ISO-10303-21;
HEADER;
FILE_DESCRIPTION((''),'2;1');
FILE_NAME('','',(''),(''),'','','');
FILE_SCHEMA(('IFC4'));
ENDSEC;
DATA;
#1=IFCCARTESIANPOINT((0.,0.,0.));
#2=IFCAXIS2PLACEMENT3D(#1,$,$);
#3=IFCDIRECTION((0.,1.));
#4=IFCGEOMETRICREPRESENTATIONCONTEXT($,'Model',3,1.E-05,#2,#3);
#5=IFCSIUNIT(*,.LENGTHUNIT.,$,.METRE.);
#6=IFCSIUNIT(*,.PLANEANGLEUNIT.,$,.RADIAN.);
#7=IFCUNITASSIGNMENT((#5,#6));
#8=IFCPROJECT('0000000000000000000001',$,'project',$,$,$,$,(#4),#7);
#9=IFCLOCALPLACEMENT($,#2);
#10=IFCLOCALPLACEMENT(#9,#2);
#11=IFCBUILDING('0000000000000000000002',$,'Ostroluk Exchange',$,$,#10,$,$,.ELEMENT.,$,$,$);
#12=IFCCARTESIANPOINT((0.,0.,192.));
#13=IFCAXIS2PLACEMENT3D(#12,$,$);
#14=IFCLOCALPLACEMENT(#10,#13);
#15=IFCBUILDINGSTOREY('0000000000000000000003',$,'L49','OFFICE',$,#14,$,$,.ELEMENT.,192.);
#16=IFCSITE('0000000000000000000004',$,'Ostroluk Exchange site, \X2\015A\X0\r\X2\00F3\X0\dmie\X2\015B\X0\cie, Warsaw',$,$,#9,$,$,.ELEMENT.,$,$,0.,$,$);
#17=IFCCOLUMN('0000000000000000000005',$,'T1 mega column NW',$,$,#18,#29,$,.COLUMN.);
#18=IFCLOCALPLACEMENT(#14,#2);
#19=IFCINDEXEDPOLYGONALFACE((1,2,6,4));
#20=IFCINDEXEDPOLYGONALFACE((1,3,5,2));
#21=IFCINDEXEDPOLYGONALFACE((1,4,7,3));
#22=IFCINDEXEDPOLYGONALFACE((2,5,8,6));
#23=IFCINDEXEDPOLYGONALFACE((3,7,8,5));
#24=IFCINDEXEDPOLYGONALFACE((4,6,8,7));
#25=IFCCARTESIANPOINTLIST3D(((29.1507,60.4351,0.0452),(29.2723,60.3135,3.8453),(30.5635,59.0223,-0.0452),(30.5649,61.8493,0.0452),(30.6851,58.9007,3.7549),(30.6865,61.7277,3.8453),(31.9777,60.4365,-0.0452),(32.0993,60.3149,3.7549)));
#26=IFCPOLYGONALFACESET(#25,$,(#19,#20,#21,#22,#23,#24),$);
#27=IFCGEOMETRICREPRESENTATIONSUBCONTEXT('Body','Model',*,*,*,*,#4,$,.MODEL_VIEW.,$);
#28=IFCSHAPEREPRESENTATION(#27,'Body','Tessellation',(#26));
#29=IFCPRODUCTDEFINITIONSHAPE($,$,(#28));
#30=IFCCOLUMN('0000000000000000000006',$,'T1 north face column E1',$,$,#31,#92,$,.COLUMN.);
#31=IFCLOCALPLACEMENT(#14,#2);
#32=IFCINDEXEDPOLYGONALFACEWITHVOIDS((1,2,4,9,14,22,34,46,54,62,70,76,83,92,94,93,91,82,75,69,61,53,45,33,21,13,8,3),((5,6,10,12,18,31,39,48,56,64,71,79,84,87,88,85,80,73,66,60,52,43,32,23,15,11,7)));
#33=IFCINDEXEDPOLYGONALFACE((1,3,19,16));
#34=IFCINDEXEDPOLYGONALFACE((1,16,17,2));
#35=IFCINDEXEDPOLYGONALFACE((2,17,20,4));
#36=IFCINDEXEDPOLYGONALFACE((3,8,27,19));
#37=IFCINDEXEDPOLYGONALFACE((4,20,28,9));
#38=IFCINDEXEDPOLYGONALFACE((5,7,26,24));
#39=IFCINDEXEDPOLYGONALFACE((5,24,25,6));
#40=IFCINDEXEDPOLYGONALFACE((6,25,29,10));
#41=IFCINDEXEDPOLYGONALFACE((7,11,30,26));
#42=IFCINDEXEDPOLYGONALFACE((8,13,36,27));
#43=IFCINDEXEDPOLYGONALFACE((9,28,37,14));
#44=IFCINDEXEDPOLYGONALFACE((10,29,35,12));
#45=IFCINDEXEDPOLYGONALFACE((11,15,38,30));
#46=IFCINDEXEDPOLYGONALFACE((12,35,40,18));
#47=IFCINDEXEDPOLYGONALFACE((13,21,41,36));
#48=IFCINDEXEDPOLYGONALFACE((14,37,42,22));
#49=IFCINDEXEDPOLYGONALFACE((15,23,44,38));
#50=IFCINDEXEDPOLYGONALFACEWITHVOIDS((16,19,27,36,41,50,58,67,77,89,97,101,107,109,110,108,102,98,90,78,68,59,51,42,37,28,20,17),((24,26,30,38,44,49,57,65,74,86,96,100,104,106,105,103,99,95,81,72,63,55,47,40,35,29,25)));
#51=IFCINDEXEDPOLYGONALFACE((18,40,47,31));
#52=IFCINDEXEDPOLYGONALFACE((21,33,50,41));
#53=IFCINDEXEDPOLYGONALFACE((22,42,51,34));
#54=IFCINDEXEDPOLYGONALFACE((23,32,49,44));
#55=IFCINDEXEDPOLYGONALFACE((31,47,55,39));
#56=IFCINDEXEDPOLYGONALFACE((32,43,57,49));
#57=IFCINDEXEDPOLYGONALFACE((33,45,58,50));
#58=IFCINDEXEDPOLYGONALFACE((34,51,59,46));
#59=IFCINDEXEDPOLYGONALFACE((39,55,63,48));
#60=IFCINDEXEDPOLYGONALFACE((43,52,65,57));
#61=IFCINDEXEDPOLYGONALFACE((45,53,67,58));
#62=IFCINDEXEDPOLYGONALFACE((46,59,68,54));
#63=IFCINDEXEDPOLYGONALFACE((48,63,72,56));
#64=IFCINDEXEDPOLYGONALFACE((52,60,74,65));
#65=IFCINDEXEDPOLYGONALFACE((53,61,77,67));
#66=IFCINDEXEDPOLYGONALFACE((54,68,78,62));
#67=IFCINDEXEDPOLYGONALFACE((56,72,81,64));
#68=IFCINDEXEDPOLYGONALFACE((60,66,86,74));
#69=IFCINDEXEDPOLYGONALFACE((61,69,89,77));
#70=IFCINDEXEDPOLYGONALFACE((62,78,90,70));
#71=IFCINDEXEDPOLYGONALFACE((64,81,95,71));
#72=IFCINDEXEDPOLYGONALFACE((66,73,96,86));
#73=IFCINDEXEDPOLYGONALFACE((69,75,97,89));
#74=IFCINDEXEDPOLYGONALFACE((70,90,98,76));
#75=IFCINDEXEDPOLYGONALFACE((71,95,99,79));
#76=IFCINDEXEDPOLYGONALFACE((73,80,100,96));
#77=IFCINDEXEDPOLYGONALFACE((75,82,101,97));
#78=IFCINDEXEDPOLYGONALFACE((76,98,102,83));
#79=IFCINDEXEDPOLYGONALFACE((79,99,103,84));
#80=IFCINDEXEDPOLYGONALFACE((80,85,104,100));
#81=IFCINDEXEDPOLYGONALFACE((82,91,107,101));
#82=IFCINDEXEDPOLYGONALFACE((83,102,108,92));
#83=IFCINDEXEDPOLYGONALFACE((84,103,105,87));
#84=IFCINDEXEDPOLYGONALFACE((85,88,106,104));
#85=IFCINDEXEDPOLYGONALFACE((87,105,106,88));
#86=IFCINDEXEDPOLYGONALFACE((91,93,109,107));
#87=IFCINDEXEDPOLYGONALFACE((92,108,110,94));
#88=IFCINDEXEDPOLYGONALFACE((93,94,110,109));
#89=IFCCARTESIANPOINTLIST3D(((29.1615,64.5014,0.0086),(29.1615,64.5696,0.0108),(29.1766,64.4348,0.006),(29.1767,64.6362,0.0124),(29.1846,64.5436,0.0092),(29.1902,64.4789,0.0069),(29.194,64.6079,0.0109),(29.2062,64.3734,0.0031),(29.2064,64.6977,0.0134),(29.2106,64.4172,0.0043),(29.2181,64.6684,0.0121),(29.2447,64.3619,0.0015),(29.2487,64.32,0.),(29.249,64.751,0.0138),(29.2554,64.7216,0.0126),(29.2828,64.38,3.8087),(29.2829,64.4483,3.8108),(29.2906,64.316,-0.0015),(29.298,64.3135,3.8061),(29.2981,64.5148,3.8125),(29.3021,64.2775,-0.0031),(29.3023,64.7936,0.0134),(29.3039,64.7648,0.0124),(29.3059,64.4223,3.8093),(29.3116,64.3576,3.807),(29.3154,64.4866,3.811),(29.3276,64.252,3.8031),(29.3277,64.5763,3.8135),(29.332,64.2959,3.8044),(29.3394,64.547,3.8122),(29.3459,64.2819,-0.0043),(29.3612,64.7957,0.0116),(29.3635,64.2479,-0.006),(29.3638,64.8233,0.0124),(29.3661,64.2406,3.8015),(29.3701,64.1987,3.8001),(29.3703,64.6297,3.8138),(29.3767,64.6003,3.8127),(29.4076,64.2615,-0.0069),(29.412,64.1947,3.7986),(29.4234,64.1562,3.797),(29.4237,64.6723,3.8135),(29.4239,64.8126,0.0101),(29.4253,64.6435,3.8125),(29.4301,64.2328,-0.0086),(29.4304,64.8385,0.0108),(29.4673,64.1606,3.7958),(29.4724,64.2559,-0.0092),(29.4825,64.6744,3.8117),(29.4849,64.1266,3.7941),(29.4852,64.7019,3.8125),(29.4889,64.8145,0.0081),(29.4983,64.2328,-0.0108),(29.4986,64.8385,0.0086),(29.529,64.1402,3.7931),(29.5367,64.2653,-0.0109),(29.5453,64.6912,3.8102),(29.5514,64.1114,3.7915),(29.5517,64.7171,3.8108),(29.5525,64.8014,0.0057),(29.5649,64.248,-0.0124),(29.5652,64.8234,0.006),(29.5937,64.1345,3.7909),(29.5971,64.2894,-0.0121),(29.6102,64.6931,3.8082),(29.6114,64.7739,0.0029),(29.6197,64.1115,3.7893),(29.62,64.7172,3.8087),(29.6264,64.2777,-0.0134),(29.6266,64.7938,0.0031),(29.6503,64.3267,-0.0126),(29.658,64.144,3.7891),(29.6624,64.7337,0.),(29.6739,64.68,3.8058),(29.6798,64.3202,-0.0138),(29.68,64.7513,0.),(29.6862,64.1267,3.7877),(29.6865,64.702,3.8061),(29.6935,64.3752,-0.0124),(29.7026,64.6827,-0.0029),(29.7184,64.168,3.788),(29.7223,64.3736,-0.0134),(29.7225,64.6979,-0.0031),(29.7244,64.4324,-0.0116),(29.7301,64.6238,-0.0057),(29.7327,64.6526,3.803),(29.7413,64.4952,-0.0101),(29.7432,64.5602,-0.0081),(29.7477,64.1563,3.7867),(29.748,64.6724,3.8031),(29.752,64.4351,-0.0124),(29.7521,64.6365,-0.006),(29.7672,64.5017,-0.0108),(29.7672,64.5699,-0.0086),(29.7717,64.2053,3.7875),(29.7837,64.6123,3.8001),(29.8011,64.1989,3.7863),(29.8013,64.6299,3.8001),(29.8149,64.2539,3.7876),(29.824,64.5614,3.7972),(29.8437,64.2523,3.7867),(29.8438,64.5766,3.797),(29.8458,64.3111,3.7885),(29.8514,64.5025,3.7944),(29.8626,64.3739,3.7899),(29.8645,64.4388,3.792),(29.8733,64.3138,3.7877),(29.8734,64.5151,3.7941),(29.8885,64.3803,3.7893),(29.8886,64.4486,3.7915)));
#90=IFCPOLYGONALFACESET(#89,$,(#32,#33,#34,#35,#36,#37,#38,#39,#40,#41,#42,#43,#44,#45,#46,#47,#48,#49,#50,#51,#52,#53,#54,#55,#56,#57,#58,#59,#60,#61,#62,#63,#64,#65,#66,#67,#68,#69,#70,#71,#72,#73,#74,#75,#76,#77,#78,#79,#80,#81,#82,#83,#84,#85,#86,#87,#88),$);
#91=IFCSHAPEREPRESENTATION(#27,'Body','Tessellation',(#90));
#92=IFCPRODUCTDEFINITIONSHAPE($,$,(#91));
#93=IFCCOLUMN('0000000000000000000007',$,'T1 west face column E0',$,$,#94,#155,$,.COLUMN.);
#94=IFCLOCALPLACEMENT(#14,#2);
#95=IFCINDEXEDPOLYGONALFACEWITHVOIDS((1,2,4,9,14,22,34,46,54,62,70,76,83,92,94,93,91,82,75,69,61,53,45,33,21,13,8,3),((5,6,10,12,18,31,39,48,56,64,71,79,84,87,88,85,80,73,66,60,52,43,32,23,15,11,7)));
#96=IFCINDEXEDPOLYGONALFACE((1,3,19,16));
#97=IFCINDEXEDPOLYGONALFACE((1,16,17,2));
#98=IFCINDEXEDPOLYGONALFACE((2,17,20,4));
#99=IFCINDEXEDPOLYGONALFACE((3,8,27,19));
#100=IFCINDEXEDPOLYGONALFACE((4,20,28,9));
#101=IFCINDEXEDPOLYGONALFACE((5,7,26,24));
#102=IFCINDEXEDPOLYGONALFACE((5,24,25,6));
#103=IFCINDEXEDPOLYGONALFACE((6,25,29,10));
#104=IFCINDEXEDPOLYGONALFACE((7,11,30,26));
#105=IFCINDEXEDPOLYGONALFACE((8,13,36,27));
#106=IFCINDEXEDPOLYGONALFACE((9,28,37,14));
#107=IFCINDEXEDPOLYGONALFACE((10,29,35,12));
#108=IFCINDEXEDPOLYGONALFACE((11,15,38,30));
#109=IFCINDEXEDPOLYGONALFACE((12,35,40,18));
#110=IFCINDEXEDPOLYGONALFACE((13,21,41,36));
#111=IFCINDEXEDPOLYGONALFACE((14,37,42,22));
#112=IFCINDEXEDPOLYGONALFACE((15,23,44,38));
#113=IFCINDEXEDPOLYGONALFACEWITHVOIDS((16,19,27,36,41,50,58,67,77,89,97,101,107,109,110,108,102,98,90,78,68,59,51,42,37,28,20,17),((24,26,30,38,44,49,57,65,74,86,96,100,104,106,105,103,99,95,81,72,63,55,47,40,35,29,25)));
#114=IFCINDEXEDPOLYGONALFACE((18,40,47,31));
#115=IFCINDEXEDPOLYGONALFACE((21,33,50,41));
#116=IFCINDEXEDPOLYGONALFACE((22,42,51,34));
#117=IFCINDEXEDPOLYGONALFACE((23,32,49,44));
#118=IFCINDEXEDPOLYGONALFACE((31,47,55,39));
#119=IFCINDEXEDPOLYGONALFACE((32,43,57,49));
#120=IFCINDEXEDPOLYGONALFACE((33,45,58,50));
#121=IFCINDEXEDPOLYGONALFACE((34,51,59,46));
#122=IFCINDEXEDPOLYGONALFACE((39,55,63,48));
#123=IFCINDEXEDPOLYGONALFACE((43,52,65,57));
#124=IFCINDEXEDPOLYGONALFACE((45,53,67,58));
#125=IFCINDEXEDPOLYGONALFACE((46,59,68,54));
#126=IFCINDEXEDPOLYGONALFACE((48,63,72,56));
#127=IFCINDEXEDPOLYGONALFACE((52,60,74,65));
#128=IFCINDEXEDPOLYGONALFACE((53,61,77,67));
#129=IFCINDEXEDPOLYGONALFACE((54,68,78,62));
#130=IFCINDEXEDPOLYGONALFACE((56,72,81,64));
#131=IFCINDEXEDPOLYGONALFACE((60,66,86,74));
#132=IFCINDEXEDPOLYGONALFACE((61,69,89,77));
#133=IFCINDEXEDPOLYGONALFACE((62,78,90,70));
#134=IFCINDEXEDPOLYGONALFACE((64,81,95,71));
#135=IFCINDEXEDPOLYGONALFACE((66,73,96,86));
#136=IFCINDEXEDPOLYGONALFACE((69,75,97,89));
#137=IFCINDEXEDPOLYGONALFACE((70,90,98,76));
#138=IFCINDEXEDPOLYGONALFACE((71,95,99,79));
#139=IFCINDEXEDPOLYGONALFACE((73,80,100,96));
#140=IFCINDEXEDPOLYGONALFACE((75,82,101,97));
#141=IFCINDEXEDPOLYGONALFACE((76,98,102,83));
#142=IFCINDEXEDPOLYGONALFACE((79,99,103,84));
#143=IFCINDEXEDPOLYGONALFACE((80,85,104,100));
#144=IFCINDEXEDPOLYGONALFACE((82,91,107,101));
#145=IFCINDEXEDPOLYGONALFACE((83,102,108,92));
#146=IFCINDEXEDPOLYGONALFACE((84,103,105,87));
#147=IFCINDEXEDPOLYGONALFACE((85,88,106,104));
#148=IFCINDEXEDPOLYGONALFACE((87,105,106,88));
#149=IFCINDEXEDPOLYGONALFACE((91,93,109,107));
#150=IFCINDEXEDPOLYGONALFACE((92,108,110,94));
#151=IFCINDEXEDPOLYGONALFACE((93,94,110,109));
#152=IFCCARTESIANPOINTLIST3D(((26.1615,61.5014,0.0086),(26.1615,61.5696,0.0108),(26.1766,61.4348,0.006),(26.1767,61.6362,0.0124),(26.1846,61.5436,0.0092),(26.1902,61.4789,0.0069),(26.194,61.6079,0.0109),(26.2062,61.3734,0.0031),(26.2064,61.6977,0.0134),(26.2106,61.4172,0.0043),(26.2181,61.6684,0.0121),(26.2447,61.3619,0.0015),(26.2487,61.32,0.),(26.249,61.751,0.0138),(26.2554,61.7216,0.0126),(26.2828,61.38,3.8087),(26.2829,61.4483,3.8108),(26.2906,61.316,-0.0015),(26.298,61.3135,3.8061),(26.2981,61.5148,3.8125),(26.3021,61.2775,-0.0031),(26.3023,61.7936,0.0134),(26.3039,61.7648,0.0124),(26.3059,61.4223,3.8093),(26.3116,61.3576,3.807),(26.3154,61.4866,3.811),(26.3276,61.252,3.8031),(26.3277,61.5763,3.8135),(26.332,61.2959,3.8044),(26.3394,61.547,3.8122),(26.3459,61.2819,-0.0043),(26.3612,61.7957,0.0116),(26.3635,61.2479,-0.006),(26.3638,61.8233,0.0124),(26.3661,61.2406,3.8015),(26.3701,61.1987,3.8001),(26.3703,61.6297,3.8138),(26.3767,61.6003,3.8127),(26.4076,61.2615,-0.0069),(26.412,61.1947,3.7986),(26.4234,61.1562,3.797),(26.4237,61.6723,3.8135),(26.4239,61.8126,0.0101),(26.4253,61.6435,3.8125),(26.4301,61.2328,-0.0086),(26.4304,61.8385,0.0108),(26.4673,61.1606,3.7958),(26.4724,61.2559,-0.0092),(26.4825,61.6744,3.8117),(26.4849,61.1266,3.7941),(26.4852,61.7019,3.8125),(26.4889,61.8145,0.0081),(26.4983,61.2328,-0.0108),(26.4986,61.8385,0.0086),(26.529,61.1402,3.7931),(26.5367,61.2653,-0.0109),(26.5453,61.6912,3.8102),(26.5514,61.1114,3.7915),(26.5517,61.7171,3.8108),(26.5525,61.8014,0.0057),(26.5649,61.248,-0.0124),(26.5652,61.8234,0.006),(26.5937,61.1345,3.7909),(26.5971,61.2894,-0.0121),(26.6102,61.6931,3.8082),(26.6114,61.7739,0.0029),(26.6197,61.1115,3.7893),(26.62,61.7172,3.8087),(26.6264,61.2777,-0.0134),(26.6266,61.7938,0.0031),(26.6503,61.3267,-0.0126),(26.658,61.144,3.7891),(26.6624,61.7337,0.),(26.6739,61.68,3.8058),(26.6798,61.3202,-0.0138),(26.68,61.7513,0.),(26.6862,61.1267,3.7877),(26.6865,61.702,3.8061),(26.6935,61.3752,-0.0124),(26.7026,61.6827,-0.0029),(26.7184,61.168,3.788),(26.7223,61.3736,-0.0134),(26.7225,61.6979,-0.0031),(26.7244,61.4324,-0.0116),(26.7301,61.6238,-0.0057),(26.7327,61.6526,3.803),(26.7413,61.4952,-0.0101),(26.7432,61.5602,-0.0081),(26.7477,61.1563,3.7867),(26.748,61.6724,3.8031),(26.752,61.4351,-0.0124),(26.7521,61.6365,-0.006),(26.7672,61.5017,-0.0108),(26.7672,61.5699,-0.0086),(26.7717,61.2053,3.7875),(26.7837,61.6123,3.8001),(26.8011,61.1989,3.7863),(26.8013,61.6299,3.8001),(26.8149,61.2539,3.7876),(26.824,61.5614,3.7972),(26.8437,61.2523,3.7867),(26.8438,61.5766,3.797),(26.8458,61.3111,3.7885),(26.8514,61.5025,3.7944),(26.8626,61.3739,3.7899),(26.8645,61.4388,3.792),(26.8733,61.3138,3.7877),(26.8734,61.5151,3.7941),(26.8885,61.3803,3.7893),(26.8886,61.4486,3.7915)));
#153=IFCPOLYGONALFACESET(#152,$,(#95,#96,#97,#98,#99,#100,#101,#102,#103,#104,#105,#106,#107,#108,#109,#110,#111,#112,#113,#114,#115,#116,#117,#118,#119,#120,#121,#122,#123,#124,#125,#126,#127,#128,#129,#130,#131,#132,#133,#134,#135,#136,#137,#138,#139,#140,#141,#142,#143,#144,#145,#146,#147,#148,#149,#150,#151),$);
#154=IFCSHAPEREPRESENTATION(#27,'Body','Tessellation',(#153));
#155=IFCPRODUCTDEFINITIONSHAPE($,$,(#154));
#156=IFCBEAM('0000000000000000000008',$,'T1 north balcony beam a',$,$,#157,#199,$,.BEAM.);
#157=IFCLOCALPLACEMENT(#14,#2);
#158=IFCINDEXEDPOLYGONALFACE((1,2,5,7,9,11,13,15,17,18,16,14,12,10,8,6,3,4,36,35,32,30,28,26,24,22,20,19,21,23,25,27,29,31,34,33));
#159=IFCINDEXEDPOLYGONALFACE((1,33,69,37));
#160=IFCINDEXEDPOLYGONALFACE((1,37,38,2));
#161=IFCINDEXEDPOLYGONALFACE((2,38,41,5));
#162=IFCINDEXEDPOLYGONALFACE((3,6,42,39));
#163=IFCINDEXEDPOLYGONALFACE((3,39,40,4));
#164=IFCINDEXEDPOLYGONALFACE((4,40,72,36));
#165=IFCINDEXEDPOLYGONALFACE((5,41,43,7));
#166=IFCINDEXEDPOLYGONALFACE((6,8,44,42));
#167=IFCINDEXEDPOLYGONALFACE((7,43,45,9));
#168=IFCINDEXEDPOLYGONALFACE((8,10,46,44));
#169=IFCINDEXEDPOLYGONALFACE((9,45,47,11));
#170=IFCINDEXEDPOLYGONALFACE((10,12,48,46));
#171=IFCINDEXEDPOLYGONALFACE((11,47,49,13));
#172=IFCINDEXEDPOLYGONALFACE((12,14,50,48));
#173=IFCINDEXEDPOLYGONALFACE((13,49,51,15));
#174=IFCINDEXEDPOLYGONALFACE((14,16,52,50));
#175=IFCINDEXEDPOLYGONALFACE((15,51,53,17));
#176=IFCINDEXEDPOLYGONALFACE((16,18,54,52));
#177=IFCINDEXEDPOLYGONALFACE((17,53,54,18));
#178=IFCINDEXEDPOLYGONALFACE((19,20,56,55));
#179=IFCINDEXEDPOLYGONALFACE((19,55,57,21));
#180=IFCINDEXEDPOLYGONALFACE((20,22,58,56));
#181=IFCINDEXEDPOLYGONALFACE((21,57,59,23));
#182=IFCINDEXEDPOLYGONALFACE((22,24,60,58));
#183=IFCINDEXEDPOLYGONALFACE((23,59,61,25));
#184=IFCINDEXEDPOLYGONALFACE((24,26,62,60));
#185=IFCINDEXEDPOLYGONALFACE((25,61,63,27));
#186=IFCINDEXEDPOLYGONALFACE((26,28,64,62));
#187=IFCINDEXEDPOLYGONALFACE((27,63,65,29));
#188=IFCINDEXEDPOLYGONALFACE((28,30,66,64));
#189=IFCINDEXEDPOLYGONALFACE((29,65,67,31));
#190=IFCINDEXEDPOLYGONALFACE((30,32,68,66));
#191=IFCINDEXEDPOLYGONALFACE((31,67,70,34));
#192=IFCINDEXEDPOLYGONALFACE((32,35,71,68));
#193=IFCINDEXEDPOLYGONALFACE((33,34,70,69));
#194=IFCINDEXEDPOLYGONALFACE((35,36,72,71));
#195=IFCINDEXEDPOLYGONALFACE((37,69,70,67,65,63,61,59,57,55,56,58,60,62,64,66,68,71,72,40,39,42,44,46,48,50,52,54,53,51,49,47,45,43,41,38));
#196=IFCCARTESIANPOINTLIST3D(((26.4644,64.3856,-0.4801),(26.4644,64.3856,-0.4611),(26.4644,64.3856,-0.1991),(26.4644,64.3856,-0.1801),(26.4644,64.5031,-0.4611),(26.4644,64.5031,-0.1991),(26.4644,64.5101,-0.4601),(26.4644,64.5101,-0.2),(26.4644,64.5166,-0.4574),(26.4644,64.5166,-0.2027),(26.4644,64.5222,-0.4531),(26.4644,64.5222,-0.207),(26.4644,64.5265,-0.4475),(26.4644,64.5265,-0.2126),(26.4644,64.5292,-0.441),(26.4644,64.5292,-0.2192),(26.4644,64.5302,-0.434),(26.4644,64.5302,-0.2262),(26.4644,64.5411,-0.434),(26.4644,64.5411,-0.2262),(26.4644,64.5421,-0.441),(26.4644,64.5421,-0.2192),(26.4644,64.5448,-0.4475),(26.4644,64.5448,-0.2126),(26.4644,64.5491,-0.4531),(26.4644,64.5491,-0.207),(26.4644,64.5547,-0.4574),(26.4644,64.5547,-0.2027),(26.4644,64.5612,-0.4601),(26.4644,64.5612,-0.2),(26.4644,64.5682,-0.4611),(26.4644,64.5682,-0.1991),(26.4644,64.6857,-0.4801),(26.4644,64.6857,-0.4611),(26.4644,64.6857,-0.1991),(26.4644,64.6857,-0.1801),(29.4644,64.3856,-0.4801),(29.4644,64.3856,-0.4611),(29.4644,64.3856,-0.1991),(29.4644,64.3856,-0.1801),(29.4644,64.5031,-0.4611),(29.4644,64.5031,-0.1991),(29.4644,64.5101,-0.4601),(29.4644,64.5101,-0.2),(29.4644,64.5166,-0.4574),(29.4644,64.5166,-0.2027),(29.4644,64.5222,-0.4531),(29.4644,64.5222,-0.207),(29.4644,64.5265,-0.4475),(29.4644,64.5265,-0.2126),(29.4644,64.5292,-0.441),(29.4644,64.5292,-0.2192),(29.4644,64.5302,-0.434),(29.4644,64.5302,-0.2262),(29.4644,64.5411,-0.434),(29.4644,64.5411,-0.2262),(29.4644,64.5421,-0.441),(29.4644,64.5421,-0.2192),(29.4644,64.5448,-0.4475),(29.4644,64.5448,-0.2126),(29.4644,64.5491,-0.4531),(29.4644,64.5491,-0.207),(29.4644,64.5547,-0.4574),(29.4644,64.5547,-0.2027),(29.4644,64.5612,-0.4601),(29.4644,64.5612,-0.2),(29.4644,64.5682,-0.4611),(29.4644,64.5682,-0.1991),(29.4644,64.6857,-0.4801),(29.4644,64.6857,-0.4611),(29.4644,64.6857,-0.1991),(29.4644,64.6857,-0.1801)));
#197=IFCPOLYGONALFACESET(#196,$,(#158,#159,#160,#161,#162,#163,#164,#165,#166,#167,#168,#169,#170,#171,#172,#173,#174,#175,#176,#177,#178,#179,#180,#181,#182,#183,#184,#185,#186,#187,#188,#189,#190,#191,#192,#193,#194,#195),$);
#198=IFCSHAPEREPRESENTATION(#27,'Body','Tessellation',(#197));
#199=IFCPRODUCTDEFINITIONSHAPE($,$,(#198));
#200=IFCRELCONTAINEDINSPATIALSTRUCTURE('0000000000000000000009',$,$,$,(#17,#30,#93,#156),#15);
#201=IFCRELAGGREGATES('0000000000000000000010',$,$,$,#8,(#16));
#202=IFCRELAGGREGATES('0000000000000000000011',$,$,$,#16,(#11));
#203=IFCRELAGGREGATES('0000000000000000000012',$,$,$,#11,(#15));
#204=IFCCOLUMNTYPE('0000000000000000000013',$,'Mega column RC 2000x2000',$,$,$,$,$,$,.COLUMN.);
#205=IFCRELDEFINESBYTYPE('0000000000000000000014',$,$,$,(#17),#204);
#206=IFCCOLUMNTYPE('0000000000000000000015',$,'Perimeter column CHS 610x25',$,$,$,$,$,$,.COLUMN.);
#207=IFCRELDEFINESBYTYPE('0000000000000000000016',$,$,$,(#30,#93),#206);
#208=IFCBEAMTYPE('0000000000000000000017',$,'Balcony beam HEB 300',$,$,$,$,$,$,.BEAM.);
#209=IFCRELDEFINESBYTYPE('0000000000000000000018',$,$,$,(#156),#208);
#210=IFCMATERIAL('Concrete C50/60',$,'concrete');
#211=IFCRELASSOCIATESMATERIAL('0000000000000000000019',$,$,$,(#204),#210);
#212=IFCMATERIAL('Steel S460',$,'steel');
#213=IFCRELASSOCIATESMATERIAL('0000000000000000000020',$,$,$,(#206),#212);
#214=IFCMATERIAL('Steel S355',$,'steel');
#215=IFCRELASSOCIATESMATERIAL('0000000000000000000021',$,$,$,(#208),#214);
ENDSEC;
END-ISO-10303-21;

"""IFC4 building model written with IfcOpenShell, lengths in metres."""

from ifc_helpers import new_model, si_unit, direction, frame, origin, origin_2d, place, context, subcontext, project, spatial, rectangle, hollow_circle, i_section, extrude, material, material_profile, profile_set, type_object, element, save


model = new_model("IFC4")

# Units and contexts
model_context = context("Model", 3, precision=1e-05, world=origin(), true_north=direction((0.0, 1.0)))
body_context = subcontext(model_context, "Body", "Model", "MODEL_VIEW")
ifc_project = project(units=[si_unit("LENGTHUNIT", "METRE"), si_unit("PLANEANGLEUNIT", "RADIAN")], contexts=[model_context])

# Site, building, storey
site_placement = place(None, origin())
site = spatial("IfcSite", under=ifc_project, at=site_placement, Name="Ostroluk Exchange site, Śródmieście, Warsaw", CompositionType="ELEMENT", RefElevation=0.0)
building_placement = place(site_placement, origin())
building = spatial("IfcBuilding", under=site, at=building_placement, Name="Ostroluk Exchange", CompositionType="ELEMENT")
storey_placement = place(building_placement, frame((0.0, 0.0, 192.0)))
storey = spatial("IfcBuildingStorey", under=building, at=storey_placement, Name="L49", Description="OFFICE", CompositionType="ELEMENT", Elevation=192.0)

# Columns
ifc_material_1 = material(Name="Concrete C50/60", Category="concrete")
ifc_material_profile_1 = material_profile(ifc_material_1, rectangle(XDim=2.0, YDim=2.0, at=origin_2d()), Name="RC 2000x2000")
ifc_profile_set_1 = profile_set([ifc_material_profile_1], Name="Concrete C50/60")
column_type_1 = type_object("IfcColumnType", Name="Mega column RC 2000x2000", PredefinedType="COLUMN", material=ifc_profile_set_1)
column_placement = place(storey_placement, frame((30.5642, 60.4358, 0.0), z_axis=(0.031962, -0.031962, 0.998978), x_axis=(0.707107, 0.707107, 0.0)))
element("IfcColumn", 1, at=column_placement, inside=storey, type_object=column_type_1, Name="T1 mega column NW", PredefinedType="COLUMN", context=body_context, shape_type="SweptSolid", body=[
    extrude(rectangle(XDim=2.0, YDim=2.0, at=origin_2d()), origin(), (0.0, 0.0, 1.0), 3.804),
])
ifc_material_2 = material(Name="Steel S460", Category="steel")
ifc_material_profile_2 = material_profile(ifc_material_2, hollow_circle(Radius=0.3049, WallThickness=0.0249, at=origin_2d()), Name="CHS 610x25")
ifc_profile_set_2 = profile_set([ifc_material_profile_2], Name="Steel S460")
column_type_2 = type_object("IfcColumnType", Name="Perimeter column CHS 610x25", PredefinedType="COLUMN", material=ifc_profile_set_2)
for number, where, z_axis, x_axis, name in (
    (2, (29.4644, 64.5356, 0.0), (0.031898, -0.031898, 0.998982), (0.707107, 0.707107, 0.0), "T1 north face column E1"),
    (3, (26.4644, 61.5356, 0.0), (0.031898, -0.031898, 0.998982), (0.707107, 0.707107, 0.0), "T1 west face column E0"),
):
    element("IfcColumn", number, at=place(storey_placement, frame(where, z_axis=z_axis, x_axis=x_axis)), inside=storey, type_object=column_type_2, Name=name, PredefinedType="COLUMN", context=body_context, shape_type="SweptSolid", body=[
        extrude(hollow_circle(Radius=0.3049, WallThickness=0.0249, at=origin_2d()), origin(), (0.0, 0.0, 1.0), 3.804),
    ])

# Beam
ifc_material_3 = material(Name="Steel S355", Category="steel")
ifc_material_profile_3 = material_profile(ifc_material_3, i_section(OverallWidth=0.3, OverallDepth=0.3, WebThickness=0.011, FlangeThickness=0.019, FilletRadius=0.0271, at=origin_2d()), Name="HEB 300")
ifc_profile_set_3 = profile_set([ifc_material_profile_3], Name="Steel S355")
beam_type_1 = type_object("IfcBeamType", Name="Balcony beam HEB 300", PredefinedType="BEAM", material=ifc_profile_set_3)
for number, where, z_axis, x_axis, name in (
    (4, (29.4644, 64.5356, -0.3301), (-1.0, 0.0, 0.0), (0.0, -1.0, 0.0), "T1 north balcony beam a"),
):
    element("IfcBeam", number, at=place(storey_placement, frame(where, z_axis=z_axis, x_axis=x_axis)), inside=storey, type_object=beam_type_1, Name=name, PredefinedType="BEAM", context=body_context, shape_type="SweptSolid", body=[
        extrude(i_section(OverallWidth=0.3, OverallDepth=0.3, WebThickness=0.011, FlangeThickness=0.019, FilletRadius=0.0271, at=origin_2d()), origin(), (0.0, 0.0, 1.0), 3.0),
    ])

save(model, "model.ifc")
